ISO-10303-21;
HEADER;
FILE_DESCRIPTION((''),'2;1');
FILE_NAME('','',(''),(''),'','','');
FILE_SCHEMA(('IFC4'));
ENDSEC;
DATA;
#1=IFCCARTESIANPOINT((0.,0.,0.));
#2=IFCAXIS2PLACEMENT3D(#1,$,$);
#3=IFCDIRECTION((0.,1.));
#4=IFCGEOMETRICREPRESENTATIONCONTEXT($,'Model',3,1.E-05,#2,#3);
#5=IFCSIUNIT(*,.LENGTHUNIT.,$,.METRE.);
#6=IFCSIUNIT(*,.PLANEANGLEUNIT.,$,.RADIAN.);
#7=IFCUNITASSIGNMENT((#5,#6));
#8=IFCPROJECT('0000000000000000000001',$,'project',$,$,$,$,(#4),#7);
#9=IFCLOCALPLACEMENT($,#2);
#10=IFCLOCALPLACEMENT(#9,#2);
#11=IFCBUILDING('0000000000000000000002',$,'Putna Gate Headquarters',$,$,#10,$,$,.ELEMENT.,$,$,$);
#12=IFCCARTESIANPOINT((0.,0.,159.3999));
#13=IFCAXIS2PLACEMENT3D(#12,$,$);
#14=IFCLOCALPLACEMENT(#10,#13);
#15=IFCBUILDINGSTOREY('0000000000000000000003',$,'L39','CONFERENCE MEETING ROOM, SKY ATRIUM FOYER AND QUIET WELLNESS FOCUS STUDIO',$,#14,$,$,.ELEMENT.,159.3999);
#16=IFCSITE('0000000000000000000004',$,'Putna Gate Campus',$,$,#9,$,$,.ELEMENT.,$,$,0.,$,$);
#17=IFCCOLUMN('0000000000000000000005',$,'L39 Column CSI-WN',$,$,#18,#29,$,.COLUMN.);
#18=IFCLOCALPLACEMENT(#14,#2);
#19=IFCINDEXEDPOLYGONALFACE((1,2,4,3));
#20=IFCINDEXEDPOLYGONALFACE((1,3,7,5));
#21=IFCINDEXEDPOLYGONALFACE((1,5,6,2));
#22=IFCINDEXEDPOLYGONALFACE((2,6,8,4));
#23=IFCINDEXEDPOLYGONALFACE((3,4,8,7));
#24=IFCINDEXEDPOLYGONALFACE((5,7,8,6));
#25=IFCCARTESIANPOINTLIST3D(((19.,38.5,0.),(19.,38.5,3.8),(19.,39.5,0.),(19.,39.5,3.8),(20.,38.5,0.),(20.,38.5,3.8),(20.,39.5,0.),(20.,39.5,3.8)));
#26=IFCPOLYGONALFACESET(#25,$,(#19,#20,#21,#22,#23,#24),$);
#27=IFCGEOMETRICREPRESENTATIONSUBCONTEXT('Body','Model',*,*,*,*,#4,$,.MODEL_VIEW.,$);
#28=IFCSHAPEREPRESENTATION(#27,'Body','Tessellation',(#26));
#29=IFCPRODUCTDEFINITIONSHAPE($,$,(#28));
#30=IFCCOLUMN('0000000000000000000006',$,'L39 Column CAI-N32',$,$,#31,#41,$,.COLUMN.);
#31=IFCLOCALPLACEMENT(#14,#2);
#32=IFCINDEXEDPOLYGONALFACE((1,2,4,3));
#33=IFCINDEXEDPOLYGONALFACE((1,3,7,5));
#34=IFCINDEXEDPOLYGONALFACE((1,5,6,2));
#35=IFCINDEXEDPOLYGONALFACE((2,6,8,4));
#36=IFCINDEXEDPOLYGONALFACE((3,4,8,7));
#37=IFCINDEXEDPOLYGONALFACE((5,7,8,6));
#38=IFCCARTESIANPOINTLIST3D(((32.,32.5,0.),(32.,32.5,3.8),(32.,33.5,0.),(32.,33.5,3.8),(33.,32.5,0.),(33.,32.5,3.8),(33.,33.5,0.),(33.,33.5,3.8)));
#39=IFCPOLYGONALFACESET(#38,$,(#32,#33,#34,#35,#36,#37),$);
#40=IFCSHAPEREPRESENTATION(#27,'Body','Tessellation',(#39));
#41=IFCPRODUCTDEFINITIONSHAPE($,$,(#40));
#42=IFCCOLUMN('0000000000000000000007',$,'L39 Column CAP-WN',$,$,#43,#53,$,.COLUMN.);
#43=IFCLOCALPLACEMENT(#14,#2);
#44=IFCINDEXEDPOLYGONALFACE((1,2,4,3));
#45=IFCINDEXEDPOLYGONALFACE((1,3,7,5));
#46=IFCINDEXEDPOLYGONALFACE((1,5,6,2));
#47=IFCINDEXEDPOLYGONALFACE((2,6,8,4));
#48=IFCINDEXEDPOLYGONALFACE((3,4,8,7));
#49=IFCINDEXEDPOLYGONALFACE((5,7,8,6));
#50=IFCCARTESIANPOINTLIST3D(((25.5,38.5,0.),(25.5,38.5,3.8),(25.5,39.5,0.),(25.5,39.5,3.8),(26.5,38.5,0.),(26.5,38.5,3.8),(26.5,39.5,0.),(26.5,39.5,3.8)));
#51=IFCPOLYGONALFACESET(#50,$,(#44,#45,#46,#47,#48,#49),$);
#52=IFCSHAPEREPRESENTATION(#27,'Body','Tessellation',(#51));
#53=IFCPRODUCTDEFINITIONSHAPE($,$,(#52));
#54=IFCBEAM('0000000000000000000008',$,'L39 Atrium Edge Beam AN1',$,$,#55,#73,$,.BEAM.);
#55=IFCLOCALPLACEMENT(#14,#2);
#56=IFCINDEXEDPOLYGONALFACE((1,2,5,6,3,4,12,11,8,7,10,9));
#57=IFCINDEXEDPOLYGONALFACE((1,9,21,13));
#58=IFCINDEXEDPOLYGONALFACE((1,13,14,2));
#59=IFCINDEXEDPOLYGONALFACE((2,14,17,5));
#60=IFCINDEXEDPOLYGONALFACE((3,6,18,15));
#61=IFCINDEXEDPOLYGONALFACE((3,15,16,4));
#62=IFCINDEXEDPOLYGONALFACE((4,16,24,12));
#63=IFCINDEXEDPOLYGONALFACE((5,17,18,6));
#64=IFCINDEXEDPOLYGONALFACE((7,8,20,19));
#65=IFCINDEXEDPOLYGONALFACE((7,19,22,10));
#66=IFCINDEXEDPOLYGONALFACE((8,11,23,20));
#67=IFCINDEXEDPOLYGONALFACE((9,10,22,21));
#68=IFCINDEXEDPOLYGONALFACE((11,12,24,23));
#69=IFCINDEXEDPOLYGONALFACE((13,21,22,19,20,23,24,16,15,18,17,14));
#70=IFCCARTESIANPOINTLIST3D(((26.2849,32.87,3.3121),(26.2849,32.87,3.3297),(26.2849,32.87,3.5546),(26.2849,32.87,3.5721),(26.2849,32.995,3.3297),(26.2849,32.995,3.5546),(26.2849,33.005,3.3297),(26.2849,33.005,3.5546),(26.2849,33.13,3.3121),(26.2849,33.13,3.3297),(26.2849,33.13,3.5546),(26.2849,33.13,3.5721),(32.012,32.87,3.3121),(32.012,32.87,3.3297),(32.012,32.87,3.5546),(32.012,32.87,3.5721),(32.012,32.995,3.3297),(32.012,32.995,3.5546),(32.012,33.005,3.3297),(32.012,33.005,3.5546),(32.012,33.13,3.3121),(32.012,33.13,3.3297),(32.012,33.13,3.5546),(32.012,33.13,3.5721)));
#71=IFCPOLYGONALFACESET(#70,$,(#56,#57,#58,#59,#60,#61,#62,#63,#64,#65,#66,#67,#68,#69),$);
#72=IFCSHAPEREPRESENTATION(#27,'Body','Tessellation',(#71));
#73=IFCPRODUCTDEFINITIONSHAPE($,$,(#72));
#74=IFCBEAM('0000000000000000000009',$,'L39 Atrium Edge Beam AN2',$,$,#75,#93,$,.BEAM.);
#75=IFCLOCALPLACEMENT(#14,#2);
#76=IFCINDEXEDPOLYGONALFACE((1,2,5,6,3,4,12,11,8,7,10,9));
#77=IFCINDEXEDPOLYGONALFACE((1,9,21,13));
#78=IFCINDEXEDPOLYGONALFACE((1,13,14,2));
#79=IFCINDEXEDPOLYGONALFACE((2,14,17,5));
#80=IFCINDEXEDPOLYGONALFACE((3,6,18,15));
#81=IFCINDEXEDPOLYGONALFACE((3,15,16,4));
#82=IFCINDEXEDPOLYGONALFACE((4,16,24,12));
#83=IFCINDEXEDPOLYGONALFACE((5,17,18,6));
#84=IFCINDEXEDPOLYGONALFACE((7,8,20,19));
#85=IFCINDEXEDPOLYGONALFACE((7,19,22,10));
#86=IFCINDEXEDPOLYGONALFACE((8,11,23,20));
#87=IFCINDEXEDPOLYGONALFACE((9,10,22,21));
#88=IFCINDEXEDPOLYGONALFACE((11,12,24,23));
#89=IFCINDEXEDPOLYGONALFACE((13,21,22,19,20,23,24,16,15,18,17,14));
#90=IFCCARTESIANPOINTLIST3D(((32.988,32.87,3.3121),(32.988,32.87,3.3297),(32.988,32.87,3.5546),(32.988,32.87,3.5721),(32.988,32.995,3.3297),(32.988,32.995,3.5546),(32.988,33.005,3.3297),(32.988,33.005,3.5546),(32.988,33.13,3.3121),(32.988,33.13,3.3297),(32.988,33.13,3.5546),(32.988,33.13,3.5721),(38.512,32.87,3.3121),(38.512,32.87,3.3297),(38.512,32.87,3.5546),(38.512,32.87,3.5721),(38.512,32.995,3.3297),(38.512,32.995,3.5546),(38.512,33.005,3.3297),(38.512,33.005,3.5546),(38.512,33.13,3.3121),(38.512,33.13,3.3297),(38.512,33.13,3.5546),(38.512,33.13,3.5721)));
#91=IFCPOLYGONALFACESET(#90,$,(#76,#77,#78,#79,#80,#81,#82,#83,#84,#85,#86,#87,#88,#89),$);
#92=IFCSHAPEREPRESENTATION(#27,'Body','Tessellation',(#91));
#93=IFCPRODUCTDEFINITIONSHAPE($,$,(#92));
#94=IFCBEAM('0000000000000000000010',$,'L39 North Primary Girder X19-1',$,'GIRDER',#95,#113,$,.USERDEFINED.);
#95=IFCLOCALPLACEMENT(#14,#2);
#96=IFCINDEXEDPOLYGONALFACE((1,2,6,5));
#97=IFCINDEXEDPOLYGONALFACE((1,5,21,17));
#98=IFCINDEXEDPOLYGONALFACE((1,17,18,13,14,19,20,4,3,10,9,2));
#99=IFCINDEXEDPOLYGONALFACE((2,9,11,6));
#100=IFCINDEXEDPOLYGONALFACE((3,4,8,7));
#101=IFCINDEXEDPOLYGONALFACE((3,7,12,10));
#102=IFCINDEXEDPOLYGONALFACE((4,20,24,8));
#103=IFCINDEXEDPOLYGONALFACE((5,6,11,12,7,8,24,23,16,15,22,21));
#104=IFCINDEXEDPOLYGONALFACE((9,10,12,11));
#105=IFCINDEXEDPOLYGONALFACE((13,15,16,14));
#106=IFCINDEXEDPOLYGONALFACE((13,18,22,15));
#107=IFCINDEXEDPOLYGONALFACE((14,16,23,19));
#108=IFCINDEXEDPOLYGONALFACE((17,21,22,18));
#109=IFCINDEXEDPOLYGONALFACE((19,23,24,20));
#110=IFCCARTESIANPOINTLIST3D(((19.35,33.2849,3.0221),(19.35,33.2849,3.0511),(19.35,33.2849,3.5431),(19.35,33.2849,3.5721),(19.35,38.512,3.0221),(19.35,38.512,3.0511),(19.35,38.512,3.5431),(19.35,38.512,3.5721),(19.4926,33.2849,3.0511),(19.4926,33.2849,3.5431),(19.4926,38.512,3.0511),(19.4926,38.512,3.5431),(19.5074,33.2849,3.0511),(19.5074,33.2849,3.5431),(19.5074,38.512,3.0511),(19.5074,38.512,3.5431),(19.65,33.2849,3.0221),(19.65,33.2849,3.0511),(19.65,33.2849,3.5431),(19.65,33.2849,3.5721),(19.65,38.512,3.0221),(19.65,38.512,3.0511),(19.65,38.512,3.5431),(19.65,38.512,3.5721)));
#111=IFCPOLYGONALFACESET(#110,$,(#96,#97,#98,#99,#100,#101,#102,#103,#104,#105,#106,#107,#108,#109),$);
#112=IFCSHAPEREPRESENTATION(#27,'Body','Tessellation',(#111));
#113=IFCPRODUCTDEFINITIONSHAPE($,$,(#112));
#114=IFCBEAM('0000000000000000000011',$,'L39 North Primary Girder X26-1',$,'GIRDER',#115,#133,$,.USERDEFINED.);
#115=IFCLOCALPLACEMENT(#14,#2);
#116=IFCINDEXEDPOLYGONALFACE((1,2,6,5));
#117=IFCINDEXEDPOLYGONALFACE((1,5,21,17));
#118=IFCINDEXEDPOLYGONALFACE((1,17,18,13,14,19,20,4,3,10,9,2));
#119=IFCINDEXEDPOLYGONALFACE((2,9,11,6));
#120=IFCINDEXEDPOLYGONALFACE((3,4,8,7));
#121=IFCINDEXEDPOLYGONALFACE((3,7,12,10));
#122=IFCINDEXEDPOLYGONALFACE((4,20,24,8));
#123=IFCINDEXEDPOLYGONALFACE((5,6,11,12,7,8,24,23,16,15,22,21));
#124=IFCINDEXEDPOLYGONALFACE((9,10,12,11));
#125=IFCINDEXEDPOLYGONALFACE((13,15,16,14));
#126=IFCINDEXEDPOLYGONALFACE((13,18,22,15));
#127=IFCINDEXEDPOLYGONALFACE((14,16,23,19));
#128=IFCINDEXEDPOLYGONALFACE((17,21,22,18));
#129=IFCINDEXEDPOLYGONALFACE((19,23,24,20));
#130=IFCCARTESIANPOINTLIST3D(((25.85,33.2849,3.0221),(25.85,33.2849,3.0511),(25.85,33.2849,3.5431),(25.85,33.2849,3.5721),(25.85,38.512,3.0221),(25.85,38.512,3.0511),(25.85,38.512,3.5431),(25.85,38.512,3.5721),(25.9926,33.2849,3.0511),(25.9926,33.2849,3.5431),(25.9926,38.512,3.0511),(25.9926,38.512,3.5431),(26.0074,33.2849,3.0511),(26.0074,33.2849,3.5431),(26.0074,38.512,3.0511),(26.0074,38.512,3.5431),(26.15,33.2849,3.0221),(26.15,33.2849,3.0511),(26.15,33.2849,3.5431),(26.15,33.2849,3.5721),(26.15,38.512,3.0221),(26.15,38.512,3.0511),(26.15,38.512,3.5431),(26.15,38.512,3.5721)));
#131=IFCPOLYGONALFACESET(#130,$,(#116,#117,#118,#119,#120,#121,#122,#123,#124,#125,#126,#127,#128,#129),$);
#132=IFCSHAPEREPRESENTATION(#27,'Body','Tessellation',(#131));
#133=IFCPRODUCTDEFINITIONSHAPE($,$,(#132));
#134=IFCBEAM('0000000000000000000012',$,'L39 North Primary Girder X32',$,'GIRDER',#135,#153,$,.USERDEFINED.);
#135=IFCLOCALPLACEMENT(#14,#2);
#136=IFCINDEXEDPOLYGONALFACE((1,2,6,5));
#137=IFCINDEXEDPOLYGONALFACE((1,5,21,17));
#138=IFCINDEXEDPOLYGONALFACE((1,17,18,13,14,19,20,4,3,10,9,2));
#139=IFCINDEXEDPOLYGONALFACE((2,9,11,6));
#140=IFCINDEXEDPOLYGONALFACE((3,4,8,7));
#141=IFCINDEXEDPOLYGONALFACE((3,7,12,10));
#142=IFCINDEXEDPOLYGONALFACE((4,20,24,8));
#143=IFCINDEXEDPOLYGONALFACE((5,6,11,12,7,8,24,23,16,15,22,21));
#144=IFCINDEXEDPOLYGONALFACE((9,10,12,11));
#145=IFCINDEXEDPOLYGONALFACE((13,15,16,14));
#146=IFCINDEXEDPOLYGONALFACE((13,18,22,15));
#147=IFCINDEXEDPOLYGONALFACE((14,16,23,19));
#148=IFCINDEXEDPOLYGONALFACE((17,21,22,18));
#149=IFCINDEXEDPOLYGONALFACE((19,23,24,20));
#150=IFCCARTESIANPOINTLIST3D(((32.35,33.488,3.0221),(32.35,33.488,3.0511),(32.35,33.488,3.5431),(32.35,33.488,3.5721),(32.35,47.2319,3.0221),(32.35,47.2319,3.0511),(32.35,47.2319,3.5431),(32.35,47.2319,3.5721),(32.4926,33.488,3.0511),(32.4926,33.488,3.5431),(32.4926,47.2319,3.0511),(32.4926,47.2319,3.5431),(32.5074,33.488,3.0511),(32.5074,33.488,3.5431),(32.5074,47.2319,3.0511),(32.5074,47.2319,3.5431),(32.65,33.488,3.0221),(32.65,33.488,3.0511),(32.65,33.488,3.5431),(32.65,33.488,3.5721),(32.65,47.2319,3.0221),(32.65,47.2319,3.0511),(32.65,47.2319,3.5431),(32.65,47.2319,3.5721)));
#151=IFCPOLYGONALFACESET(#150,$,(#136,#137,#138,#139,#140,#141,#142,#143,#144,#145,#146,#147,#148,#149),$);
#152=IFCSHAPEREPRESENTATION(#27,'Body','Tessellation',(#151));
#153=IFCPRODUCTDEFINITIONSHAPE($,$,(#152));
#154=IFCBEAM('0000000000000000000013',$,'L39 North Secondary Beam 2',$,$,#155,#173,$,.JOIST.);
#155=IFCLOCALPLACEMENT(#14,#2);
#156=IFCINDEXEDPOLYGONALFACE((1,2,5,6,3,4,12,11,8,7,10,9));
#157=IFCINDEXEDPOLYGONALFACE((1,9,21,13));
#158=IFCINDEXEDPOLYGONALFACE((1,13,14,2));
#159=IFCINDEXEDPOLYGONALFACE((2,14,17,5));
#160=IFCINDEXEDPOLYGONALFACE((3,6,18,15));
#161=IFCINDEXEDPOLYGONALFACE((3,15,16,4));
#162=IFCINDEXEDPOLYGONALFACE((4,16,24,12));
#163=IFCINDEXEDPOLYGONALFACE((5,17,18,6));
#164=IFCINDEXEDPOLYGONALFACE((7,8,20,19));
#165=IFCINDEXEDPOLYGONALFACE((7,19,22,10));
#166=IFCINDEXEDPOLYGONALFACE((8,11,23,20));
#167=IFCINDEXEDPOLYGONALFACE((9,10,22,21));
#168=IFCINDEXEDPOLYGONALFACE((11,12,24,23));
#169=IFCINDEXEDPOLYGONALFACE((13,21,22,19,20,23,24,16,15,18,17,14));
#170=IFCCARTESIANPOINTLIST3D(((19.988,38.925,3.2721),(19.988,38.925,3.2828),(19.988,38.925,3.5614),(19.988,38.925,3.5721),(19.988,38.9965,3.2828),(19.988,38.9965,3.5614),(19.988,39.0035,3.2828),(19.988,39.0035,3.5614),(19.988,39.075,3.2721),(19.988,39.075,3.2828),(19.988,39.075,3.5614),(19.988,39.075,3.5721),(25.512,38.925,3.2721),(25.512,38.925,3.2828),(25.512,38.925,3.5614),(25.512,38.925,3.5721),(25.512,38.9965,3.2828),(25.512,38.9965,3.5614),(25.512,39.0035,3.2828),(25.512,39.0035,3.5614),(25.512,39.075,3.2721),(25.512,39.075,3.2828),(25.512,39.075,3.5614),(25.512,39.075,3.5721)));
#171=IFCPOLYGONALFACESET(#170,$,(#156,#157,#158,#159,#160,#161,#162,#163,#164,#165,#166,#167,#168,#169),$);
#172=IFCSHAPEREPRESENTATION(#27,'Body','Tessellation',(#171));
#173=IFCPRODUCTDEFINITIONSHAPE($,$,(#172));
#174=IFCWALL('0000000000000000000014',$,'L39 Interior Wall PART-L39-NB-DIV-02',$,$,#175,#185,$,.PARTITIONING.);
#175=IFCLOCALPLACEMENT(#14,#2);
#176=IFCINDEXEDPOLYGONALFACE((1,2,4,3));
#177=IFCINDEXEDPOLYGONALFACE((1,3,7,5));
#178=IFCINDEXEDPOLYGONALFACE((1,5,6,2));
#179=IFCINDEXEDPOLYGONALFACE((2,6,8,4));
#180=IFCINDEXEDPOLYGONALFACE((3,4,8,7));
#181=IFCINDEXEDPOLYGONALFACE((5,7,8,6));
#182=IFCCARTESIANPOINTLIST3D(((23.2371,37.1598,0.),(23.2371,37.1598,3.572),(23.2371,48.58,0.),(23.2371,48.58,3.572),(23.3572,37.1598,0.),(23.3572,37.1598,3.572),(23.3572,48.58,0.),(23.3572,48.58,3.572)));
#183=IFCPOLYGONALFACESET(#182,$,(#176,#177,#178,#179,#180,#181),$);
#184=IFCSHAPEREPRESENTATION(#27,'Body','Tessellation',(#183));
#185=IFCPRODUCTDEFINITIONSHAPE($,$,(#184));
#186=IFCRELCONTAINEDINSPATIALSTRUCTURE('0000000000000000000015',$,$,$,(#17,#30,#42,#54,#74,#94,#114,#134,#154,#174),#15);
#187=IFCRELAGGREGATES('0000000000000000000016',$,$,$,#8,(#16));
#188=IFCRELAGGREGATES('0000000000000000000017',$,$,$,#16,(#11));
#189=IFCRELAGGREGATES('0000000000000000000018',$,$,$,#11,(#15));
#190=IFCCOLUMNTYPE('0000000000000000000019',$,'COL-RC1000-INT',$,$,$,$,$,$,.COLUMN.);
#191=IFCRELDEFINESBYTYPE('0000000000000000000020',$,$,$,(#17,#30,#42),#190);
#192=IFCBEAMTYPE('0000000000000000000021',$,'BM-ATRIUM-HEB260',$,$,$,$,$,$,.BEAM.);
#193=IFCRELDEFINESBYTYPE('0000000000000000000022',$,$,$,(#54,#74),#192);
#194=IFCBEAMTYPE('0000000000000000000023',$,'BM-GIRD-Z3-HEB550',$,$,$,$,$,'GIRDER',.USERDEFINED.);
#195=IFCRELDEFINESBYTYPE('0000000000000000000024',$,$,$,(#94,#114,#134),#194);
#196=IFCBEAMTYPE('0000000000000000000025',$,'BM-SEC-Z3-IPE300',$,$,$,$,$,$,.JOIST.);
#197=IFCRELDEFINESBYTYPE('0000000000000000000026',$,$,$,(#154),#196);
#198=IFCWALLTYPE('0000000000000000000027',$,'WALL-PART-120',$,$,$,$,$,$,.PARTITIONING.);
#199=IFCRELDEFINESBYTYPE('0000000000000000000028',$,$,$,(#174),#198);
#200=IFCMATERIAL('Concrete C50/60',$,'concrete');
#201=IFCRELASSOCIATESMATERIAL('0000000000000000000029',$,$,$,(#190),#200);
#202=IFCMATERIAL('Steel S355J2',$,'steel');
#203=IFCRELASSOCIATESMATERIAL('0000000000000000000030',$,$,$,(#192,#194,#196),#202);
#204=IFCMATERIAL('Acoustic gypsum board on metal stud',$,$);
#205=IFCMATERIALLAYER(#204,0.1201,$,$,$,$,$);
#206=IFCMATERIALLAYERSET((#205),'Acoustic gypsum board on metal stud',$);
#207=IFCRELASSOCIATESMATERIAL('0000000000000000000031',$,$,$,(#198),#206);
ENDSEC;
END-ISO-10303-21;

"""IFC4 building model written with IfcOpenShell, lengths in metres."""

from ifc_helpers import new_model, si_unit, direction, frame, frame_2d, origin, origin_2d, place, context, subcontext, project, spatial, rectangle, i_section, extrude, material, layer, layer_set, material_profile, profile_set, type_object, element, save


model = new_model("IFC4")

# Units and contexts
model_context = context("Model", 3, precision=1e-05, world=origin(), true_north=direction((0.0, 1.0)))
body_context = subcontext(model_context, "Body", "Model", "MODEL_VIEW")
ifc_project = project(units=[si_unit("LENGTHUNIT", "METRE"), si_unit("PLANEANGLEUNIT", "RADIAN")], contexts=[model_context])

# Site, building, storey
site_placement = place(None, origin())
site = spatial("IfcSite", under=ifc_project, at=site_placement, Name="Putna Gate Campus", CompositionType="ELEMENT", RefElevation=0.0)
building_placement = place(site_placement, origin())
building = spatial("IfcBuilding", under=site, at=building_placement, Name="Putna Gate Headquarters", CompositionType="ELEMENT")
storey_placement = place(building_placement, frame((0.0, 0.0, 159.3999)))
storey = spatial("IfcBuildingStorey", under=building, at=storey_placement, Name="L39", Description="CONFERENCE MEETING ROOM, SKY ATRIUM FOYER AND QUIET WELLNESS FOCUS STUDIO", CompositionType="ELEMENT", Elevation=159.3999)

# Columns
ifc_material_1 = material(Name="Concrete C50/60", Category="concrete")
ifc_material_profile_1 = material_profile(ifc_material_1, rectangle(XDim=1.0, YDim=1.0, at=origin_2d()), Name="Concrete C50/60")
ifc_profile_set_1 = profile_set([ifc_material_profile_1], Name="Concrete C50/60")
column_type = type_object("IfcColumnType", Name="COL-RC1000-INT", PredefinedType="COLUMN", material=ifc_profile_set_1)
for number, where, z_axis, x_axis, name in (
    (1, (19.5, 39.0, 0.0), (0.0, 0.0, 1.0), (1.0, 0.0, 0.0), "L39 Column CSI-WN"),
    (2, (32.5, 33.0, 0.0), (0.0, 0.0, 1.0), (1.0, 0.0, 0.0), "L39 Column CAI-N32"),
    (3, (26.0, 39.0, 0.0), (0.0, 0.0, 1.0), (1.0, 0.0, 0.0), "L39 Column CAP-WN"),
):
    element("IfcColumn", number, at=place(storey_placement, frame(where, z_axis=z_axis, x_axis=x_axis)), inside=storey, type_object=column_type, Name=name, PredefinedType="COLUMN", context=body_context, shape_type="SweptSolid", body=[
        extrude(rectangle(XDim=1.0, YDim=1.0, at=origin_2d()), origin(), (0.0, 0.0, 1.0), 3.8),
    ])

# Beams
ifc_material_2 = material(Name="Steel S355J2", Category="steel")
ifc_material_profile_2 = material_profile(ifc_material_2, i_section(OverallWidth=0.26, OverallDepth=0.26, WebThickness=0.01, FlangeThickness=0.0176, at=origin_2d()), Name="Steel S355J2")
ifc_profile_set_2 = profile_set([ifc_material_profile_2], Name="Steel S355J2")
beam_type_1 = type_object("IfcBeamType", Name="BM-ATRIUM-HEB260", PredefinedType="BEAM", material=ifc_profile_set_2)
beam_1_placement = place(storey_placement, frame((26.2849, 33.0, 3.4421), z_axis=(1.0, 0.0, 0.0), x_axis=(0.0, 1.0, 0.0)))
element("IfcBeam", 4, at=beam_1_placement, inside=storey, type_object=beam_type_1, Name="L39 Atrium Edge Beam AN1", PredefinedType="BEAM", context=body_context, shape_type="SweptSolid", body=[
    extrude(i_section(OverallWidth=0.26, OverallDepth=0.26, WebThickness=0.01, FlangeThickness=0.0176, at=origin_2d()), origin(), (0.0, 0.0, 1.0), 5.7271),
])
beam_2_placement = place(storey_placement, frame((32.988, 33.0, 3.4421), z_axis=(1.0, 0.0, 0.0), x_axis=(0.0, 1.0, 0.0)))
element("IfcBeam", 5, at=beam_2_placement, inside=storey, type_object=beam_type_1, Name="L39 Atrium Edge Beam AN2", PredefinedType="BEAM", context=body_context, shape_type="SweptSolid", body=[
    extrude(i_section(OverallWidth=0.26, OverallDepth=0.26, WebThickness=0.01, FlangeThickness=0.0176, at=origin_2d()), origin(), (0.0, 0.0, 1.0), 5.5239),
])
ifc_material_profile_3 = material_profile(ifc_material_2, i_section(OverallWidth=0.3, OverallDepth=0.55, WebThickness=0.0149, FlangeThickness=0.0291, at=origin_2d()), Name="Steel S355J2")
ifc_profile_set_3 = profile_set([ifc_material_profile_3], Name="Steel S355J2")
beam_type_2 = type_object("IfcBeamType", Name="BM-GIRD-Z3-HEB550", ElementType="GIRDER", PredefinedType="USERDEFINED", material=ifc_profile_set_3)
for number, where, z_axis, x_axis, name in (
    (6, (19.5, 33.2849, 3.2971), (0.0, 1.0, 0.0), (-1.0, 0.0, 0.0), "L39 North Primary Girder X19-1"),
    (7, (26.0, 33.2849, 3.2971), (0.0, 1.0, 0.0), (-1.0, 0.0, 0.0), "L39 North Primary Girder X26-1"),
):
    element("IfcBeam", number, at=place(storey_placement, frame(where, z_axis=z_axis, x_axis=x_axis)), inside=storey, type_object=beam_type_2, Name=name, ObjectType="GIRDER", PredefinedType="USERDEFINED", context=body_context, shape_type="SweptSolid", body=[
        extrude(i_section(OverallWidth=0.3, OverallDepth=0.55, WebThickness=0.0149, FlangeThickness=0.0291, at=origin_2d()), origin(), (0.0, 0.0, 1.0), 5.2271),
    ])
beam_3_placement = place(storey_placement, frame((32.5, 33.488, 3.2971), z_axis=(0.0, 1.0, 0.0), x_axis=(-1.0, 0.0, 0.0)))
element("IfcBeam", 8, at=beam_3_placement, inside=storey, type_object=beam_type_2, Name="L39 North Primary Girder X32", ObjectType="GIRDER", PredefinedType="USERDEFINED", context=body_context, shape_type="SweptSolid", body=[
    extrude(i_section(OverallWidth=0.3, OverallDepth=0.55, WebThickness=0.0149, FlangeThickness=0.0291, at=origin_2d()), origin(), (0.0, 0.0, 1.0), 13.7439),
])
ifc_material_profile_4 = material_profile(ifc_material_2, i_section(OverallWidth=0.1499, OverallDepth=0.3, WebThickness=0.0071, FlangeThickness=0.0107, at=origin_2d()), Name="Steel S355J2")
ifc_profile_set_4 = profile_set([ifc_material_profile_4], Name="Steel S355J2")
beam_type_3 = type_object("IfcBeamType", Name="BM-SEC-Z3-IPE300", PredefinedType="JOIST", material=ifc_profile_set_4)
beam_4_placement = place(storey_placement, frame((19.988, 39.0, 3.4221), z_axis=(1.0, 0.0, 0.0), x_axis=(0.0, 1.0, 0.0)))
element("IfcBeam", 9, at=beam_4_placement, inside=storey, type_object=beam_type_3, Name="L39 North Secondary Beam 2", PredefinedType="JOIST", context=body_context, shape_type="SweptSolid", body=[
    extrude(i_section(OverallWidth=0.1499, OverallDepth=0.3, WebThickness=0.0071, FlangeThickness=0.0107, at=origin_2d()), origin(), (0.0, 0.0, 1.0), 5.5239),
])

# Wall
ifc_material_3 = material(Name="Acoustic gypsum board on metal stud")
ifc_layer_1 = layer(ifc_material_3, 0.1201)
ifc_layer_set_1 = layer_set([ifc_layer_1], Name="Acoustic gypsum board on metal stud")
wall_type_1 = type_object("IfcWallType", Name="WALL-PART-120", PredefinedType="PARTITIONING", material=ifc_layer_set_1)
wall_1_placement = place(storey_placement, frame((23.2971, 37.1599, 0.0), z_axis=(0.0, 0.0, 1.0), x_axis=(0.0, 1.0, 0.0)))
element("IfcWall", 10, at=wall_1_placement, inside=storey, type_object=wall_type_1, Name="L39 Interior Wall PART-L39-NB-DIV-02", PredefinedType="PARTITIONING", context=body_context, shape_type="SweptSolid", body=[
    extrude(rectangle(XDim=11.4202, YDim=0.1201, at=frame_2d((5.71, 0.0))), origin(), (0.0, 0.0, 1.0), 3.572),
])

save(model, "model.ifc")
